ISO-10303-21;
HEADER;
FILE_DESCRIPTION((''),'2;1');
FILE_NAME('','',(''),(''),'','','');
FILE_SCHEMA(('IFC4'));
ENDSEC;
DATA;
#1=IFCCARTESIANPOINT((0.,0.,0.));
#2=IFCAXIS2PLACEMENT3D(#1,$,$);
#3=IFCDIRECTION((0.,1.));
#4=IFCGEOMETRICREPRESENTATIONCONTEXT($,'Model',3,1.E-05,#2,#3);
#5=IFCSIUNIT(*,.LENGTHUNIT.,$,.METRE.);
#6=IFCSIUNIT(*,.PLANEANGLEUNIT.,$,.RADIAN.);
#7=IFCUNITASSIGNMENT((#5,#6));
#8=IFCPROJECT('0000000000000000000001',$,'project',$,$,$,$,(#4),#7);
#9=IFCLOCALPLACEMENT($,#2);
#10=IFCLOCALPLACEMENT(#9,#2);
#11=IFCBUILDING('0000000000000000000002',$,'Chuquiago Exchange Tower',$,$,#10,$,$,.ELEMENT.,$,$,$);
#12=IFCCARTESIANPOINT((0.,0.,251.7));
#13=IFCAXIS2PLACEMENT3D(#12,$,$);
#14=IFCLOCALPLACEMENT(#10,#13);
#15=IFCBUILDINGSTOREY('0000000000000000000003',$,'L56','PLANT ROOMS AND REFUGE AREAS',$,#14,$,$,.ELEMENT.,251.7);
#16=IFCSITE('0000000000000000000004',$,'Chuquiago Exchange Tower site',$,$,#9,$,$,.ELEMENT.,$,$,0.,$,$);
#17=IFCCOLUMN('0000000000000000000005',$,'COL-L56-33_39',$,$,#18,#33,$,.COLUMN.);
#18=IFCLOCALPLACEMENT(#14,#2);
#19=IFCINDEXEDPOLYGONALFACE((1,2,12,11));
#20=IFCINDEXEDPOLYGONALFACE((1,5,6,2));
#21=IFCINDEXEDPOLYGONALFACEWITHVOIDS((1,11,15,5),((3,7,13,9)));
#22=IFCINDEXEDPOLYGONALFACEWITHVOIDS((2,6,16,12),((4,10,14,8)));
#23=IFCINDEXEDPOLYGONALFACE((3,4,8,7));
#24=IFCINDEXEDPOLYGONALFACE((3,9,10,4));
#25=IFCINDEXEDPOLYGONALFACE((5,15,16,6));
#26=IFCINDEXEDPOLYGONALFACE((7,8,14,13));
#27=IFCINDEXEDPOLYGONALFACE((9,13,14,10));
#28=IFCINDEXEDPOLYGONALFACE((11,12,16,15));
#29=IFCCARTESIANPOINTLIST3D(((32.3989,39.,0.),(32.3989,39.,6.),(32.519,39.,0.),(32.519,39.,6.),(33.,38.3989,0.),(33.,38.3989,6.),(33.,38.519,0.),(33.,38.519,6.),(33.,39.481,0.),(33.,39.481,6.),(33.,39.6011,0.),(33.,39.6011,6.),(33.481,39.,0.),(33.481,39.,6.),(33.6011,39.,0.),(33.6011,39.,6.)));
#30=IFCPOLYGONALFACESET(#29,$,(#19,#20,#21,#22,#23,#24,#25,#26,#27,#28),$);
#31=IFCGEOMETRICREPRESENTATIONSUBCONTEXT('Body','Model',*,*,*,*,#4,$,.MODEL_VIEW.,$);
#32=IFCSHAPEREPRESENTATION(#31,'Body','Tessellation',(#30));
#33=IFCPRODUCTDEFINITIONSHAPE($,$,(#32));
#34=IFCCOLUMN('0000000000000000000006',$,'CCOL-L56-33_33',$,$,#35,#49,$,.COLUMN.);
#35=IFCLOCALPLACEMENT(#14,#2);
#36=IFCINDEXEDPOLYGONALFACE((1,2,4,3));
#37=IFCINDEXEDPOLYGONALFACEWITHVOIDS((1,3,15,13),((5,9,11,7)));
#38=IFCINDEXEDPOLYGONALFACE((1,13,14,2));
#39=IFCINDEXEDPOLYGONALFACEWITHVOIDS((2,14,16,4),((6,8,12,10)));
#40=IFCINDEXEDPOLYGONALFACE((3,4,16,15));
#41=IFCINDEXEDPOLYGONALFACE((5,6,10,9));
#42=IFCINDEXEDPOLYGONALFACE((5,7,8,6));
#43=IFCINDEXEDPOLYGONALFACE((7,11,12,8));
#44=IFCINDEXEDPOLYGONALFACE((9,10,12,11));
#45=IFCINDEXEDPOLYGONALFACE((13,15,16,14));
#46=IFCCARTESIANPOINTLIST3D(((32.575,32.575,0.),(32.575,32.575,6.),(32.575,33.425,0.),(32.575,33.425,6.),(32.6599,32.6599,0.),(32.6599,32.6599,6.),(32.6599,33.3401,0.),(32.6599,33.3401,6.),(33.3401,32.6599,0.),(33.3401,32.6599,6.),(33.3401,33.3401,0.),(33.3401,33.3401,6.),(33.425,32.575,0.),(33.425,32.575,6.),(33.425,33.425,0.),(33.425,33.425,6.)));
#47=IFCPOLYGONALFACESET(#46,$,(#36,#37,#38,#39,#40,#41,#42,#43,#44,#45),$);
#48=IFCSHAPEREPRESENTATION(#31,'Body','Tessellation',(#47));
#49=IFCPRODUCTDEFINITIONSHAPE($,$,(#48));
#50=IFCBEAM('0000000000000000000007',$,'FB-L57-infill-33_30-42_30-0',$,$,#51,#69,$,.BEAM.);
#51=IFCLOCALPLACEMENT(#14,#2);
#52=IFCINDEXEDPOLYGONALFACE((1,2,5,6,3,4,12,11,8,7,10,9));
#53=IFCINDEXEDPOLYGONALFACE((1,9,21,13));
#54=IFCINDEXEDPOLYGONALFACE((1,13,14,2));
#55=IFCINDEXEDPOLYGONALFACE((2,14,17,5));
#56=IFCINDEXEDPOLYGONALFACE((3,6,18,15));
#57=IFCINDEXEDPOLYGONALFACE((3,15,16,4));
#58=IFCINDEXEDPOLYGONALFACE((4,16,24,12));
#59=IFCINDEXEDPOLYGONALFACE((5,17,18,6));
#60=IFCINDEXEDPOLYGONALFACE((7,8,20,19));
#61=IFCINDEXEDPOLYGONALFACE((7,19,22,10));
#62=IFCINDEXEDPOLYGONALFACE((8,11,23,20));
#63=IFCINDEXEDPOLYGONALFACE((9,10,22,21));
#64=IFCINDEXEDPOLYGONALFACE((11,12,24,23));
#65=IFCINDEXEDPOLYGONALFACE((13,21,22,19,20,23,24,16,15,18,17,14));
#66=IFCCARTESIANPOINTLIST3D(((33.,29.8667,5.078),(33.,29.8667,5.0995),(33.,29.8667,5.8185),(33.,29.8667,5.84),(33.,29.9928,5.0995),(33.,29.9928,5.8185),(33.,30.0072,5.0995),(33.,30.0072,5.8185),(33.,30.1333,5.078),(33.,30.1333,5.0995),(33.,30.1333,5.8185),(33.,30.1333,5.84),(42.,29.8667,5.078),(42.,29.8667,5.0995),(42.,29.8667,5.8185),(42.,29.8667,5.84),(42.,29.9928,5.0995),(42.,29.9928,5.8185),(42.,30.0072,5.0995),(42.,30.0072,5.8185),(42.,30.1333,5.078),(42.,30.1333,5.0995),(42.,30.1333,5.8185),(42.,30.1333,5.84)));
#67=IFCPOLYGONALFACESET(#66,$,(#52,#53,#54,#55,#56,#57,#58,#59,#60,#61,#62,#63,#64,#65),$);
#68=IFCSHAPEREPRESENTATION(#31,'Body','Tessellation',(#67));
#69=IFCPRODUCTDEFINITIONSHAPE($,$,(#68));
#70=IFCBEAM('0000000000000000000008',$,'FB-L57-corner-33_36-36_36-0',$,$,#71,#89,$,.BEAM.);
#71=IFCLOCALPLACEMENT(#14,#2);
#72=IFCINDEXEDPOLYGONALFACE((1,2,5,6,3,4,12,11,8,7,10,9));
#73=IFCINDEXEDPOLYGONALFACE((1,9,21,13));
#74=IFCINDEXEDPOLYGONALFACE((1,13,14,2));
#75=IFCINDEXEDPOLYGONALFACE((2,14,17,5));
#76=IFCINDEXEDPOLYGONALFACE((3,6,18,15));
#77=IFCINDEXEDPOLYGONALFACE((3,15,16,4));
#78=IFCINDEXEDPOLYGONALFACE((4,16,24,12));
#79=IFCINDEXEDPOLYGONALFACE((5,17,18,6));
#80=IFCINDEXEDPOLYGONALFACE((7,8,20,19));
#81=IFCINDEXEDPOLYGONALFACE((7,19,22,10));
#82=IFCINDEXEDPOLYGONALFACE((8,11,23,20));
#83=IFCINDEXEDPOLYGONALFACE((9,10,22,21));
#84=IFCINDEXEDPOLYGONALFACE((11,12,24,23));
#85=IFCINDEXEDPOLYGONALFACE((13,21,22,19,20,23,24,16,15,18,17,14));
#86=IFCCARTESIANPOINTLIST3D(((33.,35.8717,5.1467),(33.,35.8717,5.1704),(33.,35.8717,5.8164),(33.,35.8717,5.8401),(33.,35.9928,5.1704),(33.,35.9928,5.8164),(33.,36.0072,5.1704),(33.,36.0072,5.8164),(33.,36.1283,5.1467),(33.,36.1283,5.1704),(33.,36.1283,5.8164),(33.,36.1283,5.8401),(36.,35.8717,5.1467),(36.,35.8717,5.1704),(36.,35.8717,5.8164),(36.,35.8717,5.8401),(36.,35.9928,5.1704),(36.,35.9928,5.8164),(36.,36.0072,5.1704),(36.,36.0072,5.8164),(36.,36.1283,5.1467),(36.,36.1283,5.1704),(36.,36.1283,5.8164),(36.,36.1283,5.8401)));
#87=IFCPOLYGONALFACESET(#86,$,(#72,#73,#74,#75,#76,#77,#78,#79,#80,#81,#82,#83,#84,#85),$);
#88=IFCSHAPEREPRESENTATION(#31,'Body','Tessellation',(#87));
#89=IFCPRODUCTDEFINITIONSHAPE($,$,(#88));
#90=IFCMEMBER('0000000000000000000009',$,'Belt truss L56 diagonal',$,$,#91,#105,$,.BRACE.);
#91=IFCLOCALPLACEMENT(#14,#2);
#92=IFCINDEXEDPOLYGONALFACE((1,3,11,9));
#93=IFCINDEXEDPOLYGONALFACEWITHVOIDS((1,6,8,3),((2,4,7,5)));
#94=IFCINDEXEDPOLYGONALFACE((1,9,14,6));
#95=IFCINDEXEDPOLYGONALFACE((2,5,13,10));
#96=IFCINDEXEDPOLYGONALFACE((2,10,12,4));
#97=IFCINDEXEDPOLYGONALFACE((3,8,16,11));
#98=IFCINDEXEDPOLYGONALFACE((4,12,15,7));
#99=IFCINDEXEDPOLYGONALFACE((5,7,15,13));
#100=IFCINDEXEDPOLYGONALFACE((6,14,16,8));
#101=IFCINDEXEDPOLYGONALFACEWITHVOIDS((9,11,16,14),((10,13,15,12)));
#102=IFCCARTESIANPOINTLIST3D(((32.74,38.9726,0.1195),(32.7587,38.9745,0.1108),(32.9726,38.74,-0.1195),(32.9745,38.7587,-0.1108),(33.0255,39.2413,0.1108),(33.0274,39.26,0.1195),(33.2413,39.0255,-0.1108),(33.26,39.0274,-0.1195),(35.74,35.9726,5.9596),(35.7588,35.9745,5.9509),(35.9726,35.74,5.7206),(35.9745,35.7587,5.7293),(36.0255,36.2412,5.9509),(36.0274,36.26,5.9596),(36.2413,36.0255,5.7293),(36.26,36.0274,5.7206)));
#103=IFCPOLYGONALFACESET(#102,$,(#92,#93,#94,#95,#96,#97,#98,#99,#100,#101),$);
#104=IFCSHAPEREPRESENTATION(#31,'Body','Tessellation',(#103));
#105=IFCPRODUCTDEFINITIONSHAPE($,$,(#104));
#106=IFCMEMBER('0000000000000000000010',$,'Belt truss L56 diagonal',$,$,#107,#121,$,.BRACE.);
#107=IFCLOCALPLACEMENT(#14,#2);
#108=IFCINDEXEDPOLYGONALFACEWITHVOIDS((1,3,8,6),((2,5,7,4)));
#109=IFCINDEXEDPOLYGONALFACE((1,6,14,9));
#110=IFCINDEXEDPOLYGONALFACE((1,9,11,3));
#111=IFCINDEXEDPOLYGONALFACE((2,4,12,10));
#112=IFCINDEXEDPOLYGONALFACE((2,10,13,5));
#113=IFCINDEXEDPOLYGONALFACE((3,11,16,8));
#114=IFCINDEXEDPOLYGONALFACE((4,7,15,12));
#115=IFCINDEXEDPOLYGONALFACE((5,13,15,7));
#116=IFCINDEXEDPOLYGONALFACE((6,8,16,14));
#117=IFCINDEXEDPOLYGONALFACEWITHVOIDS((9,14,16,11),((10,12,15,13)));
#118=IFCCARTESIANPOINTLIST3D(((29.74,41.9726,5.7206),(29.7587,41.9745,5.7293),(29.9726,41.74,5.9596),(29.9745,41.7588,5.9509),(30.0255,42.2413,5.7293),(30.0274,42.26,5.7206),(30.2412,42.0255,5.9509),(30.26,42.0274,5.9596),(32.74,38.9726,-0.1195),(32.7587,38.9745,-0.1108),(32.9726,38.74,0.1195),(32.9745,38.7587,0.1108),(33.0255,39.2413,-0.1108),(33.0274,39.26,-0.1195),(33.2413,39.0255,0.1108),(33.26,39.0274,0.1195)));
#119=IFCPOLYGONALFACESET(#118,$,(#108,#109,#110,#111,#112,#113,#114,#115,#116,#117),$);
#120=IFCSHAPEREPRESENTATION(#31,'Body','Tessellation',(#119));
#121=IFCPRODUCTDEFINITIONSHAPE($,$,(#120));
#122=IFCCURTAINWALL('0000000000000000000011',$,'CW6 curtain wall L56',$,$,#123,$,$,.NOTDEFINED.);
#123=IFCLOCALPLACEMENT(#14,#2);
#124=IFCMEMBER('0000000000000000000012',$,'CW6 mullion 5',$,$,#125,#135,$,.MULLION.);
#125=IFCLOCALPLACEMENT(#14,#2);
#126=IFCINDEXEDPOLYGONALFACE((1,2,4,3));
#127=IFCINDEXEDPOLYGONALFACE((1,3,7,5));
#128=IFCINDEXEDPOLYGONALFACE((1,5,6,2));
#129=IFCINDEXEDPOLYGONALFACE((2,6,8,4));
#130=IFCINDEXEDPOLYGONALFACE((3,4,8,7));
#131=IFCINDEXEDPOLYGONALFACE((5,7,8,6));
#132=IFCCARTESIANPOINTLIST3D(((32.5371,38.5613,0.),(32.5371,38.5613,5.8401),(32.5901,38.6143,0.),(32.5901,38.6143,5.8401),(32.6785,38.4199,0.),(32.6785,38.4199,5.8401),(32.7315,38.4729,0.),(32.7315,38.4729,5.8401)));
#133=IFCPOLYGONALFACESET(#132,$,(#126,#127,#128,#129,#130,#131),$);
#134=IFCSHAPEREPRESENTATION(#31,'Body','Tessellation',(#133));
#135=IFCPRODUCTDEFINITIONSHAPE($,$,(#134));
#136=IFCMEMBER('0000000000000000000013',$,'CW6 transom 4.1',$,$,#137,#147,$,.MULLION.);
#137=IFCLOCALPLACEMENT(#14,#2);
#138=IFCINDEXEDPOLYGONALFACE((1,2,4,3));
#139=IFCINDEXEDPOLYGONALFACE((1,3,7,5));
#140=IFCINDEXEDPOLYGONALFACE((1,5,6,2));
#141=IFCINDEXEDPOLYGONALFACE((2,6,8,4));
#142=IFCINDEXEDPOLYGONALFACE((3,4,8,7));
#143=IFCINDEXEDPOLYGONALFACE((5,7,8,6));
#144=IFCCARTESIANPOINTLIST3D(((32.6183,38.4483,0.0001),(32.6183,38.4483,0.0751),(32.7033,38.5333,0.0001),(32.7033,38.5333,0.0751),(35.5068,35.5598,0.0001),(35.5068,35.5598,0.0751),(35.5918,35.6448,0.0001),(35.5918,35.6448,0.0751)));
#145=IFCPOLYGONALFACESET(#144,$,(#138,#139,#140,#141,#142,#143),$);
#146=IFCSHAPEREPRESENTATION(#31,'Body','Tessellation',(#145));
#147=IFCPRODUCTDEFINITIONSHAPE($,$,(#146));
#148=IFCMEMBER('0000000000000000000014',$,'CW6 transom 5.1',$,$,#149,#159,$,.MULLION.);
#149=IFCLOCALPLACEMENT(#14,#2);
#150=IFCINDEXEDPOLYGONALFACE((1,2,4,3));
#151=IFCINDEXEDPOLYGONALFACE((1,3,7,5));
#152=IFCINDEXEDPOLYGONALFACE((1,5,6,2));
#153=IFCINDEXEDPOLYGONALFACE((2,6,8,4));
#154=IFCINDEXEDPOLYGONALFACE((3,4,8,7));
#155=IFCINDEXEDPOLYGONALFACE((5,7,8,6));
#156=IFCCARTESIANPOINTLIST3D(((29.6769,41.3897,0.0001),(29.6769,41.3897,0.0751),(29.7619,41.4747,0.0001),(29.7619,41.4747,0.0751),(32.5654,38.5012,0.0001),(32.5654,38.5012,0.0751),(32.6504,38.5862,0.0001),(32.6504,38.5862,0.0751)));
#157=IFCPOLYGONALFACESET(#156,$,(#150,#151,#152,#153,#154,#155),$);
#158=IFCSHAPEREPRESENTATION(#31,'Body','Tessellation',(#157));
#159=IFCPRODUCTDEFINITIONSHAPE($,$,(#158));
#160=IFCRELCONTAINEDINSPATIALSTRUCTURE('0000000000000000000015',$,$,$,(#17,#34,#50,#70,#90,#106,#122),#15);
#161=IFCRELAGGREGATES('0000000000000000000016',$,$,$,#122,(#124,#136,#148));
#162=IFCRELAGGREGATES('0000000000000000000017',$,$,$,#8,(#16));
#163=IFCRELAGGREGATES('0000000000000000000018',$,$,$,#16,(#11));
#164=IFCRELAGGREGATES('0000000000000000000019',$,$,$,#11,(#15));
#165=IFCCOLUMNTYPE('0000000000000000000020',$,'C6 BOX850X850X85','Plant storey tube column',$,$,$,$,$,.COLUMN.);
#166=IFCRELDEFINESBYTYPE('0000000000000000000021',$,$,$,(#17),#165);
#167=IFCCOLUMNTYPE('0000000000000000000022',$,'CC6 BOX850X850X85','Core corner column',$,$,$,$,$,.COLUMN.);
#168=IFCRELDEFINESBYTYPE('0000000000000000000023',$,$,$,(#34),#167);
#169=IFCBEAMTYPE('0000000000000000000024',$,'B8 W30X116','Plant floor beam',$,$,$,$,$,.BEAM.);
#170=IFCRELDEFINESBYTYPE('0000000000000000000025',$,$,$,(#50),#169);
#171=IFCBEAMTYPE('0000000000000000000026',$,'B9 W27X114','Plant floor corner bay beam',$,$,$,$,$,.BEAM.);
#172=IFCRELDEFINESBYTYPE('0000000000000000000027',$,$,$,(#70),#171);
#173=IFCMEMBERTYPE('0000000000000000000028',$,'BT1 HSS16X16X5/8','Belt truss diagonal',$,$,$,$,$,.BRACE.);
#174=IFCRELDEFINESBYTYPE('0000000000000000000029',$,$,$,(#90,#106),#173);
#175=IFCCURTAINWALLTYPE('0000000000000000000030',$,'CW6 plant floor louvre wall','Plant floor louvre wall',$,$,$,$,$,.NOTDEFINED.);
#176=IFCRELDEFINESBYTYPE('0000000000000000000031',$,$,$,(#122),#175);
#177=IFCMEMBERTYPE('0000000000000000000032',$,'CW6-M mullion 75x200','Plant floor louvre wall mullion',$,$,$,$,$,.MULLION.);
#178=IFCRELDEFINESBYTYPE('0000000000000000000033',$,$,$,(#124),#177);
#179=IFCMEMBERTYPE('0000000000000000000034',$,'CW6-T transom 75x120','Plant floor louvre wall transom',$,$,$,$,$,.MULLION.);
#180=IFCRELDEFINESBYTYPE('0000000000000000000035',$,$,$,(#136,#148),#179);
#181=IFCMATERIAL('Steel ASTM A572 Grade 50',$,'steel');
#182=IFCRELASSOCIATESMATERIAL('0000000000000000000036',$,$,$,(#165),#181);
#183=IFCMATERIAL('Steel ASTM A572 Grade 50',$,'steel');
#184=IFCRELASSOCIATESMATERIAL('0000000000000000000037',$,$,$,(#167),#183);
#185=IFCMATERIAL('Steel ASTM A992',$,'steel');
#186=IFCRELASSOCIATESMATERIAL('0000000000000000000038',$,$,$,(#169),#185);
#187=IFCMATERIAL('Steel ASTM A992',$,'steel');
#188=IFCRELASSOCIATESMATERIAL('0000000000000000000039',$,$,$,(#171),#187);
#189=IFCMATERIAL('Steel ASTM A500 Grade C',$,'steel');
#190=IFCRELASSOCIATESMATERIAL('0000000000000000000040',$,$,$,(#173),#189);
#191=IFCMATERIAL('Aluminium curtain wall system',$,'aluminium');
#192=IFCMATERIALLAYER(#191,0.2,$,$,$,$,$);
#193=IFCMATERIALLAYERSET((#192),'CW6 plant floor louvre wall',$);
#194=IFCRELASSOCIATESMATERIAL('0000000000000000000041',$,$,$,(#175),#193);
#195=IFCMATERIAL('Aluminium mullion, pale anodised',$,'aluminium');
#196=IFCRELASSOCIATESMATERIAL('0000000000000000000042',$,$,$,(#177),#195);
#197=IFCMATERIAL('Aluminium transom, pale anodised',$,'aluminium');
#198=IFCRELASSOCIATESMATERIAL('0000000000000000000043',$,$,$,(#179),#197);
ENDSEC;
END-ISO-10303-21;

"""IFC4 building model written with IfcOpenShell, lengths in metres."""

from ifc_helpers import new_model, si_unit, direction, frame, origin, origin_2d, place, context, subcontext, project, spatial, rectangle, hollow_rectangle, i_section, extrude, material, layer, layer_set, material_profile, profile_set, type_object, element, aggregate, save


model = new_model("IFC4")

# Units and contexts
model_context = context("Model", 3, precision=1e-05, world=origin(), true_north=direction((0.0, 1.0)))
body_context = subcontext(model_context, "Body", "Model", "MODEL_VIEW")
ifc_project = project(units=[si_unit("LENGTHUNIT", "METRE"), si_unit("PLANEANGLEUNIT", "RADIAN")], contexts=[model_context])

# Site, building, storey
site_placement = place(None, origin())
site = spatial("IfcSite", under=ifc_project, at=site_placement, Name="Chuquiago Exchange Tower site", CompositionType="ELEMENT", RefElevation=0.0)
building_placement = place(site_placement, origin())
building = spatial("IfcBuilding", under=site, at=building_placement, Name="Chuquiago Exchange Tower", CompositionType="ELEMENT")
storey_placement = place(building_placement, frame((0.0, 0.0, 251.7)))
storey = spatial("IfcBuildingStorey", under=building, at=storey_placement, Name="L56", Description="PLANT ROOMS AND REFUGE AREAS", CompositionType="ELEMENT", Elevation=251.7)

# Columns
ifc_material_1 = material(Name="Steel ASTM A572 Grade 50", Category="steel")
ifc_material_profile_1 = material_profile(ifc_material_1, hollow_rectangle(XDim=0.8501, YDim=0.8501, WallThickness=0.085, at=origin_2d()), Name="BOX850X850X85")
ifc_profile_set_1 = profile_set([ifc_material_profile_1], Name="Steel ASTM A572 Grade 50")
column_type_1 = type_object("IfcColumnType", Name="C6 BOX850X850X85", Description="Plant storey tube column", PredefinedType="COLUMN", material=ifc_profile_set_1)
column_1_placement = place(storey_placement, frame((33.0, 39.0, 0.0), z_axis=(0.0, 0.0, 1.0), x_axis=(0.707107, 0.707107, 0.0)))
element("IfcColumn", 1, at=column_1_placement, inside=storey, type_object=column_type_1, Name="COL-L56-33_39", PredefinedType="COLUMN", context=body_context, shape_type="SweptSolid", body=[
    extrude(hollow_rectangle(XDim=0.8501, YDim=0.8501, WallThickness=0.085, at=origin_2d()), origin(), (0.0, 0.0, 1.0), 6.0),
])
ifc_material_2 = material(Name="Steel ASTM A572 Grade 50", Category="steel")
ifc_material_profile_2 = material_profile(ifc_material_2, hollow_rectangle(XDim=0.8501, YDim=0.8501, WallThickness=0.085, at=origin_2d()), Name="BOX850X850X85")
ifc_profile_set_2 = profile_set([ifc_material_profile_2], Name="Steel ASTM A572 Grade 50")
column_type_2 = type_object("IfcColumnType", Name="CC6 BOX850X850X85", Description="Core corner column", PredefinedType="COLUMN", material=ifc_profile_set_2)
column_2_placement = place(storey_placement, frame((33.0, 33.0, 0.0), z_axis=(0.0, 0.0, 1.0), x_axis=(1.0, 0.0, 0.0)))
element("IfcColumn", 2, at=column_2_placement, inside=storey, type_object=column_type_2, Name="CCOL-L56-33_33", PredefinedType="COLUMN", context=body_context, shape_type="SweptSolid", body=[
    extrude(hollow_rectangle(XDim=0.8501, YDim=0.8501, WallThickness=0.085, at=origin_2d()), origin(), (0.0, 0.0, 1.0), 6.0),
])

# Beams
ifc_material_3 = material(Name="Steel ASTM A992", Category="steel")
ifc_material_profile_3 = material_profile(ifc_material_3, i_section(OverallWidth=0.2666, OverallDepth=0.762, WebThickness=0.0144, FlangeThickness=0.0215, at=origin_2d()), Name="W30X116")
ifc_profile_set_3 = profile_set([ifc_material_profile_3], Name="Steel ASTM A992")
beam_type_1 = type_object("IfcBeamType", Name="B8 W30X116", Description="Plant floor beam", PredefinedType="BEAM", material=ifc_profile_set_3)
beam_1_placement = place(storey_placement, frame((33.0, 30.0, 5.459), z_axis=(1.0, 0.0, 0.0), x_axis=(0.0, 1.0, 0.0)))
element("IfcBeam", 3, at=beam_1_placement, inside=storey, type_object=beam_type_1, Name="FB-L57-infill-33_30-42_30-0", PredefinedType="BEAM", context=body_context, shape_type="SweptSolid", body=[
    extrude(i_section(OverallWidth=0.2666, OverallDepth=0.762, WebThickness=0.0144, FlangeThickness=0.0215, at=origin_2d()), origin(), (0.0, 0.0, 1.0), 9.0),
])
ifc_material_4 = material(Name="Steel ASTM A992", Category="steel")
ifc_material_profile_4 = material_profile(ifc_material_4, i_section(OverallWidth=0.2566, OverallDepth=0.6934, WebThickness=0.0144, FlangeThickness=0.0237, at=origin_2d()), Name="W27X114")
ifc_profile_set_4 = profile_set([ifc_material_profile_4], Name="Steel ASTM A992")
beam_type_2 = type_object("IfcBeamType", Name="B9 W27X114", Description="Plant floor corner bay beam", PredefinedType="BEAM", material=ifc_profile_set_4)
beam_2_placement = place(storey_placement, frame((33.0, 36.0, 5.4934), z_axis=(1.0, 0.0, 0.0), x_axis=(0.0, 1.0, 0.0)))
element("IfcBeam", 4, at=beam_2_placement, inside=storey, type_object=beam_type_2, Name="FB-L57-corner-33_36-36_36-0", PredefinedType="BEAM", context=body_context, shape_type="SweptSolid", body=[
    extrude(i_section(OverallWidth=0.2566, OverallDepth=0.6934, WebThickness=0.0144, FlangeThickness=0.0237, at=origin_2d()), origin(), (0.0, 0.0, 1.0), 3.0),
])

# Members
ifc_material_5 = material(Name="Steel ASTM A500 Grade C", Category="steel")
ifc_material_profile_5 = material_profile(ifc_material_5, hollow_rectangle(XDim=0.4065, YDim=0.4065, WallThickness=0.0146, at=origin_2d()), Name="HSS16X16X5/8")
ifc_profile_set_5 = profile_set([ifc_material_profile_5], Name="Steel ASTM A500 Grade C")
member_type_1 = type_object("IfcMemberType", Name="BT1 HSS16X16X5/8", Description="Belt truss diagonal", PredefinedType="BRACE", material=ifc_profile_set_5)
for number, where, z_axis, x_axis, name in (
    (5, (33.0, 39.0, 0.0), (0.415599, -0.415599, 0.809045), (0.707107, 0.707107, 0.0), "Belt truss L56 diagonal"),
    (6, (33.0, 39.0, 0.0), (-0.415599, 0.415599, 0.809045), (-0.707107, -0.707107, 0.0), "Belt truss L56 diagonal"),
):
    element("IfcMember", number, at=place(storey_placement, frame(where, z_axis=z_axis, x_axis=x_axis)), inside=storey, type_object=member_type_1, Name=name, PredefinedType="BRACE", context=body_context, shape_type="SweptSolid", body=[
        extrude(hollow_rectangle(XDim=0.4065, YDim=0.4065, WallThickness=0.0146, at=origin_2d()), origin(), (0.0, 0.0, 1.0), 7.2185),
    ])

# Curtain wall, members
ifc_material_6 = material(Name="Aluminium curtain wall system", Category="aluminium")
ifc_layer_1 = layer(ifc_material_6, 0.2)
ifc_layer_set_1 = layer_set([ifc_layer_1], Name="CW6 plant floor louvre wall")
curtain_wall_type = type_object("IfcCurtainWallType", Name="CW6 plant floor louvre wall", Description="Plant floor louvre wall", PredefinedType="NOTDEFINED", material=ifc_layer_set_1)
curtain_wall_placement = place(storey_placement, origin())
curtain_wall = element("IfcCurtainWall", 7, at=curtain_wall_placement, inside=storey, type_object=curtain_wall_type, Name="CW6 curtain wall L56", PredefinedType="NOTDEFINED")
ifc_material_7 = material(Name="Aluminium mullion, pale anodised", Category="aluminium")
ifc_material_profile_6 = material_profile(ifc_material_7, rectangle(XDim=0.075, YDim=0.2, at=origin_2d()), Name="AL 75x200")
ifc_profile_set_6 = profile_set([ifc_material_profile_6], Name="Aluminium mullion, pale anodised")
member_type_2 = type_object("IfcMemberType", Name="CW6-M mullion 75x200", Description="Plant floor louvre wall mullion", PredefinedType="MULLION", material=ifc_profile_set_6)
member_1_placement = place(storey_placement, frame((32.6343, 38.5171, 0.0), z_axis=(0.0, 0.0, 1.0), x_axis=(-0.707107, -0.707107, 0.0)))
member_1 = element("IfcMember", 8, at=member_1_placement, type_object=member_type_2, Name="CW6 mullion 5", PredefinedType="MULLION", context=body_context, shape_type="SweptSolid", body=[
    extrude(rectangle(XDim=0.075, YDim=0.2, at=origin_2d()), origin(), (0.0, 0.0, 1.0), 5.8401),
])
ifc_material_8 = material(Name="Aluminium transom, pale anodised", Category="aluminium")
ifc_material_profile_7 = material_profile(ifc_material_8, rectangle(XDim=0.1201, YDim=0.075, at=origin_2d()), Name="AL 120x75")
ifc_profile_set_7 = profile_set([ifc_material_profile_7], Name="Aluminium transom, pale anodised")
member_type_3 = type_object("IfcMemberType", Name="CW6-T transom 75x120", Description="Plant floor louvre wall transom", PredefinedType="MULLION", material=ifc_profile_set_7)
member_2_placement = place(storey_placement, frame((35.5493, 35.6023, 0.0376), z_axis=(-0.707107, 0.707107, 0.0), x_axis=(-0.707107, -0.707107, 0.0)))
member_2 = element("IfcMember", 9, at=member_2_placement, type_object=member_type_3, Name="CW6 transom 4.1", PredefinedType="MULLION", context=body_context, shape_type="SweptSolid", body=[
    extrude(rectangle(XDim=0.1201, YDim=0.075, at=origin_2d()), origin(), (0.0, 0.0, 1.0), 4.085),
])
member_3_placement = place(storey_placement, frame((32.6079, 38.5437, 0.0376), z_axis=(-0.707107, 0.707107, 0.0), x_axis=(-0.707107, -0.707107, 0.0)))
member_3 = element("IfcMember", 10, at=member_3_placement, type_object=member_type_3, Name="CW6 transom 5.1", PredefinedType="MULLION", context=body_context, shape_type="SweptSolid", body=[
    extrude(rectangle(XDim=0.1201, YDim=0.075, at=origin_2d()), origin(), (0.0, 0.0, 1.0), 4.085),
])

aggregate(curtain_wall, [member_1, member_2, member_3])

save(model, "model.ifc")
